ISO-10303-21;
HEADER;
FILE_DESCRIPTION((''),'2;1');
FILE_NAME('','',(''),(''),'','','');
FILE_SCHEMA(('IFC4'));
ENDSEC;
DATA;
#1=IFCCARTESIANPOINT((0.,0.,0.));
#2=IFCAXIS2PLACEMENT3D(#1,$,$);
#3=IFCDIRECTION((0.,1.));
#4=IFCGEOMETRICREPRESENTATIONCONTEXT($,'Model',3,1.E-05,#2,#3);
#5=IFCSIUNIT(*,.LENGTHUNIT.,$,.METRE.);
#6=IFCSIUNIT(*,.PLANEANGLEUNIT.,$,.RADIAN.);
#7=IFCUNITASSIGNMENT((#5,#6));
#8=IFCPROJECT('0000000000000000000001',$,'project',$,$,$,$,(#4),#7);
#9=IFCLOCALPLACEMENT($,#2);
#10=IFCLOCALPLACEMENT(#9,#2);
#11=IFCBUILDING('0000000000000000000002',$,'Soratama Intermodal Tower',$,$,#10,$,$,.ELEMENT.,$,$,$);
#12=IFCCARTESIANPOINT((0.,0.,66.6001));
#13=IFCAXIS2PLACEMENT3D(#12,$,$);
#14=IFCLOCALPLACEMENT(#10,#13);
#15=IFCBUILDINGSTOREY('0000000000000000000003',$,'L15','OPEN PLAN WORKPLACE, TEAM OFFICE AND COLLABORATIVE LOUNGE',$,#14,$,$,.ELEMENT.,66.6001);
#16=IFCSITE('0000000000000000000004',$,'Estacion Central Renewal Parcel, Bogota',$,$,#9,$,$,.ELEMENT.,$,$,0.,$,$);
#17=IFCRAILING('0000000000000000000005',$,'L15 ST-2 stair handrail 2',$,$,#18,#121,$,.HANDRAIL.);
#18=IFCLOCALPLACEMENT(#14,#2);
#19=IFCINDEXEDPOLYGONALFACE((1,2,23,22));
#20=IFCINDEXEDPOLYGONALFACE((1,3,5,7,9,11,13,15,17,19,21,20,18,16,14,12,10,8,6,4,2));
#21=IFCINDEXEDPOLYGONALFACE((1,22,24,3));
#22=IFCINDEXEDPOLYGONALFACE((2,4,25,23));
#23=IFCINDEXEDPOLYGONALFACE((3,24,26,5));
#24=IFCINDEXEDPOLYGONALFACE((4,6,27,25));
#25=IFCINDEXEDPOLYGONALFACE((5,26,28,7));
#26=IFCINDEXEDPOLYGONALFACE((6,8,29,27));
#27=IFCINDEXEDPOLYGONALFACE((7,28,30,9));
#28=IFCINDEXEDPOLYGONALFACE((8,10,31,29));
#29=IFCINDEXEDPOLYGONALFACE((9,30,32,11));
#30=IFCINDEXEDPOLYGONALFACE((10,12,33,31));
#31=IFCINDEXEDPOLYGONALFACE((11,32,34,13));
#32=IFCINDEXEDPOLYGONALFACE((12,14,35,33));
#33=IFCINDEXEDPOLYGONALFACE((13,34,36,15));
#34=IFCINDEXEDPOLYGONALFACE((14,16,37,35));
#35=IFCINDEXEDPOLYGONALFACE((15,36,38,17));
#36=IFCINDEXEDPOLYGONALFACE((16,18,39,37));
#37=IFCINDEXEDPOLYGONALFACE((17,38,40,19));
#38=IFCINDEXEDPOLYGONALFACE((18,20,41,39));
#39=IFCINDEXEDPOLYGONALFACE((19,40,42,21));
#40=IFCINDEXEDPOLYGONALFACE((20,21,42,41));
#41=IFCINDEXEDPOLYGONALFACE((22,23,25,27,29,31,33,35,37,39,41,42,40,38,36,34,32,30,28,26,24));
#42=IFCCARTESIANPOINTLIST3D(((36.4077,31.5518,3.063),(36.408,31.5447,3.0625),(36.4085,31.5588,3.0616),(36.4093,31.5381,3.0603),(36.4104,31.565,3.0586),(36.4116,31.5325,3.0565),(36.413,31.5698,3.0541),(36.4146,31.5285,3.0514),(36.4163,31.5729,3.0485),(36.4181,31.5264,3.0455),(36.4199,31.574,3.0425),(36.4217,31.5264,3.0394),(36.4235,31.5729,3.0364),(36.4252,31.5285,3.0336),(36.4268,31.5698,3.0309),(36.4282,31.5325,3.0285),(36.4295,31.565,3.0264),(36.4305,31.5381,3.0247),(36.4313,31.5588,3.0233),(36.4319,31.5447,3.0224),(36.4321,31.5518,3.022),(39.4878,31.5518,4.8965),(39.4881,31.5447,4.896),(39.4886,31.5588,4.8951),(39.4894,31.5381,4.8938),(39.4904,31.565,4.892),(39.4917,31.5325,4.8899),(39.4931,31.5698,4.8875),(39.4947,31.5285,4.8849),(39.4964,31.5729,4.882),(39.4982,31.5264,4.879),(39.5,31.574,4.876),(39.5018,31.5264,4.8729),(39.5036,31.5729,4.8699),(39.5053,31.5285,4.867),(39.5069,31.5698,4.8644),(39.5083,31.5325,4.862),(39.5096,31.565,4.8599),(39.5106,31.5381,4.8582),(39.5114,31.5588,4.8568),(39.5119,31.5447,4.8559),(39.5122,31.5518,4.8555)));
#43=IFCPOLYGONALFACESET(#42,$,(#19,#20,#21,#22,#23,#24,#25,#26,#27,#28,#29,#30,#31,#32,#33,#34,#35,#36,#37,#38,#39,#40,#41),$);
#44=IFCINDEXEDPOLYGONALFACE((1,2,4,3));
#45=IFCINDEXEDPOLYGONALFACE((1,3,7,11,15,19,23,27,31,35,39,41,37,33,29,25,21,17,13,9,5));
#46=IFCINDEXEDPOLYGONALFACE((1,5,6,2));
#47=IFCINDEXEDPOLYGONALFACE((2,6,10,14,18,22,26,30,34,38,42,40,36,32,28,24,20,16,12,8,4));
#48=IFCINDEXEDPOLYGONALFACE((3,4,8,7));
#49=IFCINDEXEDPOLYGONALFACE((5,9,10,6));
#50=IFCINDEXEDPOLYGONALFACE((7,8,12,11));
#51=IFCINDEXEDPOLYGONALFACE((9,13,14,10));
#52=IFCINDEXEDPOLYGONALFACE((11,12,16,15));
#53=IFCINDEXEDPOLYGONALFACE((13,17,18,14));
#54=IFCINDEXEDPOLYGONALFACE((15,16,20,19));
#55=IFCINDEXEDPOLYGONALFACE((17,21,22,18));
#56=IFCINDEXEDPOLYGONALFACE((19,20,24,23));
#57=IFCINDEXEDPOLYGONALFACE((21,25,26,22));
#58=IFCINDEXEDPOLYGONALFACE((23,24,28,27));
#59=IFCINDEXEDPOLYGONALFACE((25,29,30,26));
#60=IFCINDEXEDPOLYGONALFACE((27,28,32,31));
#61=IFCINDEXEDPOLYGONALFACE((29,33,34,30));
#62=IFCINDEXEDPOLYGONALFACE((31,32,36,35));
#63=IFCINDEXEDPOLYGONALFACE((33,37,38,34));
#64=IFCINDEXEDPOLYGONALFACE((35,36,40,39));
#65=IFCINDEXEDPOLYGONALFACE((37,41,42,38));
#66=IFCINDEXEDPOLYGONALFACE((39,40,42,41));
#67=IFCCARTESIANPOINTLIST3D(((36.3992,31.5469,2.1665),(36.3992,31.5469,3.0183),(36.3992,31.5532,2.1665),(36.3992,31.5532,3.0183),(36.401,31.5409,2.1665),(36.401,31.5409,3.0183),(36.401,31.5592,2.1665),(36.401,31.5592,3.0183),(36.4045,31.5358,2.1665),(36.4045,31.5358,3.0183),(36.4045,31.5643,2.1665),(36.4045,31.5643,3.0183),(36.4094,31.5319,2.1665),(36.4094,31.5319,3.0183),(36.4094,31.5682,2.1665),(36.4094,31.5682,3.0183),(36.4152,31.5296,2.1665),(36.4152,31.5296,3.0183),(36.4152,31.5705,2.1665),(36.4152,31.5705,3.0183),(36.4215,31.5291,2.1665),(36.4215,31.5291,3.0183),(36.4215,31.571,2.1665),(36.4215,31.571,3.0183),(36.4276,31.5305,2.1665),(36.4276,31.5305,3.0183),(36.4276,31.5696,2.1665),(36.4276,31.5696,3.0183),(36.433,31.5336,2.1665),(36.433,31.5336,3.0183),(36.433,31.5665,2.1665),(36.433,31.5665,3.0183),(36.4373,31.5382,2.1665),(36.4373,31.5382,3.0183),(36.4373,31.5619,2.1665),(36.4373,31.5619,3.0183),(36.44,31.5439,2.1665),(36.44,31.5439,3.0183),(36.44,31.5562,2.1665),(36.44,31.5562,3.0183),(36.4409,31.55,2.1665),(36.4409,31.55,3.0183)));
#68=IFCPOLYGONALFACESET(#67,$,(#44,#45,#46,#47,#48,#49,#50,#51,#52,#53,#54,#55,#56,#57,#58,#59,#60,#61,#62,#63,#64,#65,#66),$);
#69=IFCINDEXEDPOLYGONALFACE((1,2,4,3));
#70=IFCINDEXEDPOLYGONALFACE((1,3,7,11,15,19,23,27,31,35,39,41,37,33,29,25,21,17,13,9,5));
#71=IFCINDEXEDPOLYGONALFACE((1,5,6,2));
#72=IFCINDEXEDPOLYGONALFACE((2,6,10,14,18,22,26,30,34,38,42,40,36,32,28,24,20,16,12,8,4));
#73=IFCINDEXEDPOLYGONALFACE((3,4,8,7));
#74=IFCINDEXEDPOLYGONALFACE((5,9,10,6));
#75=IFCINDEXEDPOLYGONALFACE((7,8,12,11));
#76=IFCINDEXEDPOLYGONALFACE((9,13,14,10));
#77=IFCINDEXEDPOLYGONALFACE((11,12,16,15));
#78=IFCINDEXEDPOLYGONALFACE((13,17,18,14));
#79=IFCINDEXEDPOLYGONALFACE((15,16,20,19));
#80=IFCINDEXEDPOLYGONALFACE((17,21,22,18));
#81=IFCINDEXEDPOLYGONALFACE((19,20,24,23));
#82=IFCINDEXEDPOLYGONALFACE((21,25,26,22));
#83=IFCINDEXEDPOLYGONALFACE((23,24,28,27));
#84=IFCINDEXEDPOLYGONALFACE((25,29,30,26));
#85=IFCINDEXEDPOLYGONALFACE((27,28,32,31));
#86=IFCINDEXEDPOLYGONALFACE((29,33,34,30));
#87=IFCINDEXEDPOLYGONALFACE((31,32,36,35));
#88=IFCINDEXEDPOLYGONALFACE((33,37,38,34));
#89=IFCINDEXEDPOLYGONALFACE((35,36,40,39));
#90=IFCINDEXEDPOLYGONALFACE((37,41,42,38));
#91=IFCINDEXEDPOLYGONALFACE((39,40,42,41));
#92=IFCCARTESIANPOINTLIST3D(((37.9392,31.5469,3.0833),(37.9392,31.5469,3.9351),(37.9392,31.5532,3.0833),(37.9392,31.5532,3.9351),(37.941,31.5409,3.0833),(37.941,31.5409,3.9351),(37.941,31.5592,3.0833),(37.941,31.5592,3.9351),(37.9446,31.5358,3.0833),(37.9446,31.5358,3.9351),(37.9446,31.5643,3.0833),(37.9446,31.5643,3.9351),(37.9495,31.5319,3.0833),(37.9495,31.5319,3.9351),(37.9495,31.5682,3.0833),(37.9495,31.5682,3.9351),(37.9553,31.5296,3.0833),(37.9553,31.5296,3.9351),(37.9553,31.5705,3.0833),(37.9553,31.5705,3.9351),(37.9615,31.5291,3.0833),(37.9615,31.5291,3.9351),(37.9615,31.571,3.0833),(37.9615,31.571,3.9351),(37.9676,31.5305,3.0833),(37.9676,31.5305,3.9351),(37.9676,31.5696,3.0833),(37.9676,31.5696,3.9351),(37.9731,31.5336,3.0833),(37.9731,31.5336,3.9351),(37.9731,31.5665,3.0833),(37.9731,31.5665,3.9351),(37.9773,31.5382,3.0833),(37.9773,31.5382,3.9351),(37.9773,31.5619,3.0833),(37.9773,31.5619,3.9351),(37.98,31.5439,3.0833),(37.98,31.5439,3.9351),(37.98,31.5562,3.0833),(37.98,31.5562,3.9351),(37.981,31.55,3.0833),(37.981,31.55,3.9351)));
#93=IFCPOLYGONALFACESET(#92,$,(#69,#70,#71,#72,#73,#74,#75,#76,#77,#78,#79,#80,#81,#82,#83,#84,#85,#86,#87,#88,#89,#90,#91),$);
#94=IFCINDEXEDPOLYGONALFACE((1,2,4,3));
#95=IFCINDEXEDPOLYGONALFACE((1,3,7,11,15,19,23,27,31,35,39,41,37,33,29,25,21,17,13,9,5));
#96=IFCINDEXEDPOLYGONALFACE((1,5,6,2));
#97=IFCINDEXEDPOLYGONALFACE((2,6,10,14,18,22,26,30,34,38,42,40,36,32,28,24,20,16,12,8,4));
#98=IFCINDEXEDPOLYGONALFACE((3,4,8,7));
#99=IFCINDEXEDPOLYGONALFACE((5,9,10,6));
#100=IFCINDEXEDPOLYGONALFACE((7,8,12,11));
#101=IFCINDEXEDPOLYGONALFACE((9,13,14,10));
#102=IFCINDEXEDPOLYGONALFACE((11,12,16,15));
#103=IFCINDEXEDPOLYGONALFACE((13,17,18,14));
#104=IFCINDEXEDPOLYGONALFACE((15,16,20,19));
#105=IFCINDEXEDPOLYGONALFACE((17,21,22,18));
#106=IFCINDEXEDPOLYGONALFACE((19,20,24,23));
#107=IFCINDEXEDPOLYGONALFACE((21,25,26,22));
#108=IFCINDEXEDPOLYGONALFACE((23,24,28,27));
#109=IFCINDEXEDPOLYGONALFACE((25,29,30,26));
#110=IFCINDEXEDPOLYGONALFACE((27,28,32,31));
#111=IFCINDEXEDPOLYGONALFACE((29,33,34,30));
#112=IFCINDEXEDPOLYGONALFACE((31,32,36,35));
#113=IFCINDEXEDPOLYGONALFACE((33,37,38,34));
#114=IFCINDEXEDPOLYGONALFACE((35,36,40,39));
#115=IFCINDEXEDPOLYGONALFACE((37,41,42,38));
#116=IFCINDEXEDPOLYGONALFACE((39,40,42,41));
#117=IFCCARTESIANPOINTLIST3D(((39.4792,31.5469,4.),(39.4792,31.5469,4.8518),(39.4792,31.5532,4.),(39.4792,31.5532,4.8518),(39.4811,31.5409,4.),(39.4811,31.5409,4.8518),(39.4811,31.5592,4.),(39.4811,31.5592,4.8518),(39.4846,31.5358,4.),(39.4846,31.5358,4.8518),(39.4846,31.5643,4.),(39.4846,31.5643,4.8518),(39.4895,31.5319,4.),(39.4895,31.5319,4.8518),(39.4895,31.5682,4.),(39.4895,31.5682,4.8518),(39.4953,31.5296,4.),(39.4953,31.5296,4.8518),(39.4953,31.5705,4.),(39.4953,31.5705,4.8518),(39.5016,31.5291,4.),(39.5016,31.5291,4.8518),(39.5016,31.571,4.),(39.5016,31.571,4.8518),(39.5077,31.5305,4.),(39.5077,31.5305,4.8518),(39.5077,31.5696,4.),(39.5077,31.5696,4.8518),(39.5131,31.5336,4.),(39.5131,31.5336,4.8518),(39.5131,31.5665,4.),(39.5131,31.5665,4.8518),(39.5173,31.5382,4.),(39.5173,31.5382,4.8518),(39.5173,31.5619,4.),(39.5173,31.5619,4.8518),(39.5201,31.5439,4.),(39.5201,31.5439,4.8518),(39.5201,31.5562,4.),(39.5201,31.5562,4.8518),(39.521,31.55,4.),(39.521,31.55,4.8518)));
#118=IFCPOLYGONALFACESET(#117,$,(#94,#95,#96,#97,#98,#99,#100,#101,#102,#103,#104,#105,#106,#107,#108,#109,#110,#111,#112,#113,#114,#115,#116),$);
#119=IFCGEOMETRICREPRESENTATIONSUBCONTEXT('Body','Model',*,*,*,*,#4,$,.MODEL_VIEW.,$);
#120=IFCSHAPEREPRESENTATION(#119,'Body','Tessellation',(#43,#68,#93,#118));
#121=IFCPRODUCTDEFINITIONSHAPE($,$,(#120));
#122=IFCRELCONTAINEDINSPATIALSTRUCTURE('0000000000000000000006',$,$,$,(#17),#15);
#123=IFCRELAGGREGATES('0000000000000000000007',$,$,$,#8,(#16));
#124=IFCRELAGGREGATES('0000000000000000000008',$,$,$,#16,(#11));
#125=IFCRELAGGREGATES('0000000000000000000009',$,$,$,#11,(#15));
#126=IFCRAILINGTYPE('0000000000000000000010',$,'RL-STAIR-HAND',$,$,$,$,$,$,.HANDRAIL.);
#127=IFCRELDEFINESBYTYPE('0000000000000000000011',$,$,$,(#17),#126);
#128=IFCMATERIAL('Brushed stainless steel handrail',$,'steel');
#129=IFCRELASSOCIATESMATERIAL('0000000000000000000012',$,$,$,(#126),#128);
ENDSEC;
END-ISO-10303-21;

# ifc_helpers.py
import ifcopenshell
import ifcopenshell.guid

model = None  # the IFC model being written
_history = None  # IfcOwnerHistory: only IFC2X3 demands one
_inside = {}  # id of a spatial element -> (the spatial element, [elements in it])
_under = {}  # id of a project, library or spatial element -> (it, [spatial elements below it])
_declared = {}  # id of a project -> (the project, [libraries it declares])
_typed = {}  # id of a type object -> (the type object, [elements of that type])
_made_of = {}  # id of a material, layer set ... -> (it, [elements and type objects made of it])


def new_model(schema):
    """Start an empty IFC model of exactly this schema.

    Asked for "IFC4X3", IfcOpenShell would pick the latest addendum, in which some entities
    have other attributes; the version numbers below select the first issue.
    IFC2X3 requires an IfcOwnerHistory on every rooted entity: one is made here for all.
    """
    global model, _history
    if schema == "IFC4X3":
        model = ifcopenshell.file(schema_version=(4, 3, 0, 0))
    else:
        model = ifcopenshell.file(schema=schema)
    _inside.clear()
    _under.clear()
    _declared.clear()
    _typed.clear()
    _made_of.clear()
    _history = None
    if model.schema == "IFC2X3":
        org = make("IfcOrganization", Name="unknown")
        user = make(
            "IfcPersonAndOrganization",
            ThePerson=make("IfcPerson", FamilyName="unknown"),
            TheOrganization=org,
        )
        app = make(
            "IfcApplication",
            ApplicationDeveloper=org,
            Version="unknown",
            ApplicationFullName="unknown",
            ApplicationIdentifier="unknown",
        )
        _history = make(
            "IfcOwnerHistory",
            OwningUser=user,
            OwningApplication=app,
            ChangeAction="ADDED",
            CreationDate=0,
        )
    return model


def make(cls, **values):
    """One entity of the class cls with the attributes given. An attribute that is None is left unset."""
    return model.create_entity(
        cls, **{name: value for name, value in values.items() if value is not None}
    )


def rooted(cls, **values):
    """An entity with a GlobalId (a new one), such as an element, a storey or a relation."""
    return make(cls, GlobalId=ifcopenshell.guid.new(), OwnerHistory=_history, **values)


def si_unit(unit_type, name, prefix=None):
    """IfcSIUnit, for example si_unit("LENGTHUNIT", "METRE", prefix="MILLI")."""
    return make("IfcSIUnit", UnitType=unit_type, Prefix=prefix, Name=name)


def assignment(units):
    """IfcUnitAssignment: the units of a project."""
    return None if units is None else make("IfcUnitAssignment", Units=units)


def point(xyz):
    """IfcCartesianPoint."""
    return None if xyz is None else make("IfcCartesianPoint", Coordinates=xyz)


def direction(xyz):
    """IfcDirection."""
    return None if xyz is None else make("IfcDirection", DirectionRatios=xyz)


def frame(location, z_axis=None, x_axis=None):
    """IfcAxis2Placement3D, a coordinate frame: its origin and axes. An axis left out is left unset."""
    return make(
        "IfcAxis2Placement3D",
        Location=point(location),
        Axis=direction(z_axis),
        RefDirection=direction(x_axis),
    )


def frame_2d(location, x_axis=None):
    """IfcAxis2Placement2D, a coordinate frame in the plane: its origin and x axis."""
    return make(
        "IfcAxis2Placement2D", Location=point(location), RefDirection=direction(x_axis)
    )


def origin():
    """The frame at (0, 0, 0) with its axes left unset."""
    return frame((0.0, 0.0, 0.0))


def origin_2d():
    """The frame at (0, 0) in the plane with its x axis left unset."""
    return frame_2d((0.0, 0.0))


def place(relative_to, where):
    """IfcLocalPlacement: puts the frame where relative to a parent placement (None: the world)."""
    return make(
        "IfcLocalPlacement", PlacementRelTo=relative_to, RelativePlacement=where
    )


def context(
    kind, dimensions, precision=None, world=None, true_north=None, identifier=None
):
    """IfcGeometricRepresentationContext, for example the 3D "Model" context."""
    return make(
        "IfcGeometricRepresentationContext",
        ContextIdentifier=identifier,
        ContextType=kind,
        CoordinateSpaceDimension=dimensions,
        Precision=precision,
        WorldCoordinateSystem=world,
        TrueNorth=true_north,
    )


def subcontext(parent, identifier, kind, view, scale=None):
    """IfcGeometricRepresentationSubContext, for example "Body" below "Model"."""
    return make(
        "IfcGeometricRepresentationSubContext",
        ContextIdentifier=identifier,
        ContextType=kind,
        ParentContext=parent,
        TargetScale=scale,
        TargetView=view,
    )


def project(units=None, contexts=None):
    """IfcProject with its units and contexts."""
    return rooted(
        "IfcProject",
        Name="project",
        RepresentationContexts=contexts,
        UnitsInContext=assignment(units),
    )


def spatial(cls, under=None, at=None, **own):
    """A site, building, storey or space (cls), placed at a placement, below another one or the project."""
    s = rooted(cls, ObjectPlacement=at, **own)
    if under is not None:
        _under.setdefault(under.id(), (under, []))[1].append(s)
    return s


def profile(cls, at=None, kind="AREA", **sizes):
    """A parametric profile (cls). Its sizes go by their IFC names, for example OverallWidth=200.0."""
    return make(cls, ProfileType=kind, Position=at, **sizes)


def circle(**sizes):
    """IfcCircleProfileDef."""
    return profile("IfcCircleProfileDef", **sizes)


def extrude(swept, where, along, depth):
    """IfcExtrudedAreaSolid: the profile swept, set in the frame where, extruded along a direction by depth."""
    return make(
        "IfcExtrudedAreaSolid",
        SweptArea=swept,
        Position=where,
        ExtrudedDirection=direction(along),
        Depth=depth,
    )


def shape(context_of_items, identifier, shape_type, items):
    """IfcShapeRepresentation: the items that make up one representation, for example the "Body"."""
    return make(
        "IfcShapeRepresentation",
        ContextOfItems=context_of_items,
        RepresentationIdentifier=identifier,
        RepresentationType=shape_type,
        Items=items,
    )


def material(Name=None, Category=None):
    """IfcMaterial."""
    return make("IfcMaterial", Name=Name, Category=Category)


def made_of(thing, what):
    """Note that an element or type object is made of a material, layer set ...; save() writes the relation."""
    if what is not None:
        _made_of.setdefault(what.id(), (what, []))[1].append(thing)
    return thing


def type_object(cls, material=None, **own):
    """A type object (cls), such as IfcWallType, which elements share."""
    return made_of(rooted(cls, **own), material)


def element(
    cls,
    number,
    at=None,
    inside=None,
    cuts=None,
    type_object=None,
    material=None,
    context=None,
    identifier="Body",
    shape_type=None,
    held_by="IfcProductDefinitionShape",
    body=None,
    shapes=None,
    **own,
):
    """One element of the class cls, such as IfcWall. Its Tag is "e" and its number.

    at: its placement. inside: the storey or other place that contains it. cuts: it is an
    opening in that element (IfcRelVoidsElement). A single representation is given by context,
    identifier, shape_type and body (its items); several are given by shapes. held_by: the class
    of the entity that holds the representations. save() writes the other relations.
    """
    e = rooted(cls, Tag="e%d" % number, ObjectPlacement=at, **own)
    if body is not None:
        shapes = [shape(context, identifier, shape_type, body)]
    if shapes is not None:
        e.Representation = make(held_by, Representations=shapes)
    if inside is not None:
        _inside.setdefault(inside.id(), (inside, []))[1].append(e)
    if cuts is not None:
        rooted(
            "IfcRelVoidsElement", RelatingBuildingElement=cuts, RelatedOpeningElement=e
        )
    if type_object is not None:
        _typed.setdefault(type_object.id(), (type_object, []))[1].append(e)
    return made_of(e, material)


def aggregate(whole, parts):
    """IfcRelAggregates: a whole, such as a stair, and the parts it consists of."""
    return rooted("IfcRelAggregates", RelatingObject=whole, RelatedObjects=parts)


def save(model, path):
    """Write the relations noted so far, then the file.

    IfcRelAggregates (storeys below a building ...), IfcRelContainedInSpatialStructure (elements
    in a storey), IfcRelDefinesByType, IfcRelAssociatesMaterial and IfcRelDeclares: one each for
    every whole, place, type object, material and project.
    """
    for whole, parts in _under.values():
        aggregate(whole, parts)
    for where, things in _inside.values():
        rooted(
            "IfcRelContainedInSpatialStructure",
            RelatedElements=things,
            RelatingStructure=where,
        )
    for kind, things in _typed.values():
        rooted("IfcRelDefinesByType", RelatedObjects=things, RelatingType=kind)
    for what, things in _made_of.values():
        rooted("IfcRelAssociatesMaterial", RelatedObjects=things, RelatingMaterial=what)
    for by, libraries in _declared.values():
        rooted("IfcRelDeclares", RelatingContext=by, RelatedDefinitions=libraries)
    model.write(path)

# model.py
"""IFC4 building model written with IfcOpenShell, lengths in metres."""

from ifc_helpers import new_model, si_unit, direction, frame, origin, origin_2d, place, context, subcontext, project, spatial, circle, extrude, material, type_object, element, save


model = new_model("IFC4")

# Units and contexts
model_context = context("Model", 3, precision=1e-05, world=origin(), true_north=direction((0.0, 1.0)))
body_context = subcontext(model_context, "Body", "Model", "MODEL_VIEW")
ifc_project = project(units=[si_unit("LENGTHUNIT", "METRE"), si_unit("PLANEANGLEUNIT", "RADIAN")], contexts=[model_context])

# Site, building, storey
site_placement = place(None, origin())
site = spatial("IfcSite", under=ifc_project, at=site_placement, Name="Estacion Central Renewal Parcel, Bogota", CompositionType="ELEMENT", RefElevation=0.0)
building_placement = place(site_placement, origin())
building = spatial("IfcBuilding", under=site, at=building_placement, Name="Soratama Intermodal Tower", CompositionType="ELEMENT")
storey_placement = place(building_placement, frame((0.0, 0.0, 66.6001)))
storey = spatial("IfcBuildingStorey", under=building, at=storey_placement, Name="L15", Description="OPEN PLAN WORKPLACE, TEAM OFFICE AND COLLABORATIVE LOUNGE", CompositionType="ELEMENT", Elevation=66.6001)

# Railing
ifc_material_1 = material(Name="Brushed stainless steel handrail", Category="steel")
railing_type_1 = type_object("IfcRailingType", Name="RL-STAIR-HAND", PredefinedType="HANDRAIL", material=ifc_material_1)
railing_1_placement = place(storey_placement, frame((36.4199, 31.55, 2.1665)))
element("IfcRailing", 1, at=railing_1_placement, inside=storey, type_object=railing_type_1, Name="L15 ST-2 stair handrail 2", PredefinedType="HANDRAIL", context=body_context, shape_type="SweptSolid", body=[
    extrude(circle(Radius=0.0239, at=origin_2d()), frame((0.0, 0.0, 0.876), z_axis=(0.859279, 0.0, 0.511508), x_axis=(0.0, 1.0, 0.0)), (0.0, 0.0, 1.0), 3.5845),
    extrude(circle(Radius=0.021, at=origin_2d()), origin(), (0.0, 0.0, 1.0), 0.8518),
    extrude(circle(Radius=0.021, at=origin_2d()), frame((1.54, 0.0, 0.9167)), (0.0, 0.0, 1.0), 0.8518),
    extrude(circle(Radius=0.021, at=origin_2d()), frame((3.0801, 0.0, 1.8335)), (0.0, 0.0, 1.0), 0.8518),
])

save(model, "model.ifc")
